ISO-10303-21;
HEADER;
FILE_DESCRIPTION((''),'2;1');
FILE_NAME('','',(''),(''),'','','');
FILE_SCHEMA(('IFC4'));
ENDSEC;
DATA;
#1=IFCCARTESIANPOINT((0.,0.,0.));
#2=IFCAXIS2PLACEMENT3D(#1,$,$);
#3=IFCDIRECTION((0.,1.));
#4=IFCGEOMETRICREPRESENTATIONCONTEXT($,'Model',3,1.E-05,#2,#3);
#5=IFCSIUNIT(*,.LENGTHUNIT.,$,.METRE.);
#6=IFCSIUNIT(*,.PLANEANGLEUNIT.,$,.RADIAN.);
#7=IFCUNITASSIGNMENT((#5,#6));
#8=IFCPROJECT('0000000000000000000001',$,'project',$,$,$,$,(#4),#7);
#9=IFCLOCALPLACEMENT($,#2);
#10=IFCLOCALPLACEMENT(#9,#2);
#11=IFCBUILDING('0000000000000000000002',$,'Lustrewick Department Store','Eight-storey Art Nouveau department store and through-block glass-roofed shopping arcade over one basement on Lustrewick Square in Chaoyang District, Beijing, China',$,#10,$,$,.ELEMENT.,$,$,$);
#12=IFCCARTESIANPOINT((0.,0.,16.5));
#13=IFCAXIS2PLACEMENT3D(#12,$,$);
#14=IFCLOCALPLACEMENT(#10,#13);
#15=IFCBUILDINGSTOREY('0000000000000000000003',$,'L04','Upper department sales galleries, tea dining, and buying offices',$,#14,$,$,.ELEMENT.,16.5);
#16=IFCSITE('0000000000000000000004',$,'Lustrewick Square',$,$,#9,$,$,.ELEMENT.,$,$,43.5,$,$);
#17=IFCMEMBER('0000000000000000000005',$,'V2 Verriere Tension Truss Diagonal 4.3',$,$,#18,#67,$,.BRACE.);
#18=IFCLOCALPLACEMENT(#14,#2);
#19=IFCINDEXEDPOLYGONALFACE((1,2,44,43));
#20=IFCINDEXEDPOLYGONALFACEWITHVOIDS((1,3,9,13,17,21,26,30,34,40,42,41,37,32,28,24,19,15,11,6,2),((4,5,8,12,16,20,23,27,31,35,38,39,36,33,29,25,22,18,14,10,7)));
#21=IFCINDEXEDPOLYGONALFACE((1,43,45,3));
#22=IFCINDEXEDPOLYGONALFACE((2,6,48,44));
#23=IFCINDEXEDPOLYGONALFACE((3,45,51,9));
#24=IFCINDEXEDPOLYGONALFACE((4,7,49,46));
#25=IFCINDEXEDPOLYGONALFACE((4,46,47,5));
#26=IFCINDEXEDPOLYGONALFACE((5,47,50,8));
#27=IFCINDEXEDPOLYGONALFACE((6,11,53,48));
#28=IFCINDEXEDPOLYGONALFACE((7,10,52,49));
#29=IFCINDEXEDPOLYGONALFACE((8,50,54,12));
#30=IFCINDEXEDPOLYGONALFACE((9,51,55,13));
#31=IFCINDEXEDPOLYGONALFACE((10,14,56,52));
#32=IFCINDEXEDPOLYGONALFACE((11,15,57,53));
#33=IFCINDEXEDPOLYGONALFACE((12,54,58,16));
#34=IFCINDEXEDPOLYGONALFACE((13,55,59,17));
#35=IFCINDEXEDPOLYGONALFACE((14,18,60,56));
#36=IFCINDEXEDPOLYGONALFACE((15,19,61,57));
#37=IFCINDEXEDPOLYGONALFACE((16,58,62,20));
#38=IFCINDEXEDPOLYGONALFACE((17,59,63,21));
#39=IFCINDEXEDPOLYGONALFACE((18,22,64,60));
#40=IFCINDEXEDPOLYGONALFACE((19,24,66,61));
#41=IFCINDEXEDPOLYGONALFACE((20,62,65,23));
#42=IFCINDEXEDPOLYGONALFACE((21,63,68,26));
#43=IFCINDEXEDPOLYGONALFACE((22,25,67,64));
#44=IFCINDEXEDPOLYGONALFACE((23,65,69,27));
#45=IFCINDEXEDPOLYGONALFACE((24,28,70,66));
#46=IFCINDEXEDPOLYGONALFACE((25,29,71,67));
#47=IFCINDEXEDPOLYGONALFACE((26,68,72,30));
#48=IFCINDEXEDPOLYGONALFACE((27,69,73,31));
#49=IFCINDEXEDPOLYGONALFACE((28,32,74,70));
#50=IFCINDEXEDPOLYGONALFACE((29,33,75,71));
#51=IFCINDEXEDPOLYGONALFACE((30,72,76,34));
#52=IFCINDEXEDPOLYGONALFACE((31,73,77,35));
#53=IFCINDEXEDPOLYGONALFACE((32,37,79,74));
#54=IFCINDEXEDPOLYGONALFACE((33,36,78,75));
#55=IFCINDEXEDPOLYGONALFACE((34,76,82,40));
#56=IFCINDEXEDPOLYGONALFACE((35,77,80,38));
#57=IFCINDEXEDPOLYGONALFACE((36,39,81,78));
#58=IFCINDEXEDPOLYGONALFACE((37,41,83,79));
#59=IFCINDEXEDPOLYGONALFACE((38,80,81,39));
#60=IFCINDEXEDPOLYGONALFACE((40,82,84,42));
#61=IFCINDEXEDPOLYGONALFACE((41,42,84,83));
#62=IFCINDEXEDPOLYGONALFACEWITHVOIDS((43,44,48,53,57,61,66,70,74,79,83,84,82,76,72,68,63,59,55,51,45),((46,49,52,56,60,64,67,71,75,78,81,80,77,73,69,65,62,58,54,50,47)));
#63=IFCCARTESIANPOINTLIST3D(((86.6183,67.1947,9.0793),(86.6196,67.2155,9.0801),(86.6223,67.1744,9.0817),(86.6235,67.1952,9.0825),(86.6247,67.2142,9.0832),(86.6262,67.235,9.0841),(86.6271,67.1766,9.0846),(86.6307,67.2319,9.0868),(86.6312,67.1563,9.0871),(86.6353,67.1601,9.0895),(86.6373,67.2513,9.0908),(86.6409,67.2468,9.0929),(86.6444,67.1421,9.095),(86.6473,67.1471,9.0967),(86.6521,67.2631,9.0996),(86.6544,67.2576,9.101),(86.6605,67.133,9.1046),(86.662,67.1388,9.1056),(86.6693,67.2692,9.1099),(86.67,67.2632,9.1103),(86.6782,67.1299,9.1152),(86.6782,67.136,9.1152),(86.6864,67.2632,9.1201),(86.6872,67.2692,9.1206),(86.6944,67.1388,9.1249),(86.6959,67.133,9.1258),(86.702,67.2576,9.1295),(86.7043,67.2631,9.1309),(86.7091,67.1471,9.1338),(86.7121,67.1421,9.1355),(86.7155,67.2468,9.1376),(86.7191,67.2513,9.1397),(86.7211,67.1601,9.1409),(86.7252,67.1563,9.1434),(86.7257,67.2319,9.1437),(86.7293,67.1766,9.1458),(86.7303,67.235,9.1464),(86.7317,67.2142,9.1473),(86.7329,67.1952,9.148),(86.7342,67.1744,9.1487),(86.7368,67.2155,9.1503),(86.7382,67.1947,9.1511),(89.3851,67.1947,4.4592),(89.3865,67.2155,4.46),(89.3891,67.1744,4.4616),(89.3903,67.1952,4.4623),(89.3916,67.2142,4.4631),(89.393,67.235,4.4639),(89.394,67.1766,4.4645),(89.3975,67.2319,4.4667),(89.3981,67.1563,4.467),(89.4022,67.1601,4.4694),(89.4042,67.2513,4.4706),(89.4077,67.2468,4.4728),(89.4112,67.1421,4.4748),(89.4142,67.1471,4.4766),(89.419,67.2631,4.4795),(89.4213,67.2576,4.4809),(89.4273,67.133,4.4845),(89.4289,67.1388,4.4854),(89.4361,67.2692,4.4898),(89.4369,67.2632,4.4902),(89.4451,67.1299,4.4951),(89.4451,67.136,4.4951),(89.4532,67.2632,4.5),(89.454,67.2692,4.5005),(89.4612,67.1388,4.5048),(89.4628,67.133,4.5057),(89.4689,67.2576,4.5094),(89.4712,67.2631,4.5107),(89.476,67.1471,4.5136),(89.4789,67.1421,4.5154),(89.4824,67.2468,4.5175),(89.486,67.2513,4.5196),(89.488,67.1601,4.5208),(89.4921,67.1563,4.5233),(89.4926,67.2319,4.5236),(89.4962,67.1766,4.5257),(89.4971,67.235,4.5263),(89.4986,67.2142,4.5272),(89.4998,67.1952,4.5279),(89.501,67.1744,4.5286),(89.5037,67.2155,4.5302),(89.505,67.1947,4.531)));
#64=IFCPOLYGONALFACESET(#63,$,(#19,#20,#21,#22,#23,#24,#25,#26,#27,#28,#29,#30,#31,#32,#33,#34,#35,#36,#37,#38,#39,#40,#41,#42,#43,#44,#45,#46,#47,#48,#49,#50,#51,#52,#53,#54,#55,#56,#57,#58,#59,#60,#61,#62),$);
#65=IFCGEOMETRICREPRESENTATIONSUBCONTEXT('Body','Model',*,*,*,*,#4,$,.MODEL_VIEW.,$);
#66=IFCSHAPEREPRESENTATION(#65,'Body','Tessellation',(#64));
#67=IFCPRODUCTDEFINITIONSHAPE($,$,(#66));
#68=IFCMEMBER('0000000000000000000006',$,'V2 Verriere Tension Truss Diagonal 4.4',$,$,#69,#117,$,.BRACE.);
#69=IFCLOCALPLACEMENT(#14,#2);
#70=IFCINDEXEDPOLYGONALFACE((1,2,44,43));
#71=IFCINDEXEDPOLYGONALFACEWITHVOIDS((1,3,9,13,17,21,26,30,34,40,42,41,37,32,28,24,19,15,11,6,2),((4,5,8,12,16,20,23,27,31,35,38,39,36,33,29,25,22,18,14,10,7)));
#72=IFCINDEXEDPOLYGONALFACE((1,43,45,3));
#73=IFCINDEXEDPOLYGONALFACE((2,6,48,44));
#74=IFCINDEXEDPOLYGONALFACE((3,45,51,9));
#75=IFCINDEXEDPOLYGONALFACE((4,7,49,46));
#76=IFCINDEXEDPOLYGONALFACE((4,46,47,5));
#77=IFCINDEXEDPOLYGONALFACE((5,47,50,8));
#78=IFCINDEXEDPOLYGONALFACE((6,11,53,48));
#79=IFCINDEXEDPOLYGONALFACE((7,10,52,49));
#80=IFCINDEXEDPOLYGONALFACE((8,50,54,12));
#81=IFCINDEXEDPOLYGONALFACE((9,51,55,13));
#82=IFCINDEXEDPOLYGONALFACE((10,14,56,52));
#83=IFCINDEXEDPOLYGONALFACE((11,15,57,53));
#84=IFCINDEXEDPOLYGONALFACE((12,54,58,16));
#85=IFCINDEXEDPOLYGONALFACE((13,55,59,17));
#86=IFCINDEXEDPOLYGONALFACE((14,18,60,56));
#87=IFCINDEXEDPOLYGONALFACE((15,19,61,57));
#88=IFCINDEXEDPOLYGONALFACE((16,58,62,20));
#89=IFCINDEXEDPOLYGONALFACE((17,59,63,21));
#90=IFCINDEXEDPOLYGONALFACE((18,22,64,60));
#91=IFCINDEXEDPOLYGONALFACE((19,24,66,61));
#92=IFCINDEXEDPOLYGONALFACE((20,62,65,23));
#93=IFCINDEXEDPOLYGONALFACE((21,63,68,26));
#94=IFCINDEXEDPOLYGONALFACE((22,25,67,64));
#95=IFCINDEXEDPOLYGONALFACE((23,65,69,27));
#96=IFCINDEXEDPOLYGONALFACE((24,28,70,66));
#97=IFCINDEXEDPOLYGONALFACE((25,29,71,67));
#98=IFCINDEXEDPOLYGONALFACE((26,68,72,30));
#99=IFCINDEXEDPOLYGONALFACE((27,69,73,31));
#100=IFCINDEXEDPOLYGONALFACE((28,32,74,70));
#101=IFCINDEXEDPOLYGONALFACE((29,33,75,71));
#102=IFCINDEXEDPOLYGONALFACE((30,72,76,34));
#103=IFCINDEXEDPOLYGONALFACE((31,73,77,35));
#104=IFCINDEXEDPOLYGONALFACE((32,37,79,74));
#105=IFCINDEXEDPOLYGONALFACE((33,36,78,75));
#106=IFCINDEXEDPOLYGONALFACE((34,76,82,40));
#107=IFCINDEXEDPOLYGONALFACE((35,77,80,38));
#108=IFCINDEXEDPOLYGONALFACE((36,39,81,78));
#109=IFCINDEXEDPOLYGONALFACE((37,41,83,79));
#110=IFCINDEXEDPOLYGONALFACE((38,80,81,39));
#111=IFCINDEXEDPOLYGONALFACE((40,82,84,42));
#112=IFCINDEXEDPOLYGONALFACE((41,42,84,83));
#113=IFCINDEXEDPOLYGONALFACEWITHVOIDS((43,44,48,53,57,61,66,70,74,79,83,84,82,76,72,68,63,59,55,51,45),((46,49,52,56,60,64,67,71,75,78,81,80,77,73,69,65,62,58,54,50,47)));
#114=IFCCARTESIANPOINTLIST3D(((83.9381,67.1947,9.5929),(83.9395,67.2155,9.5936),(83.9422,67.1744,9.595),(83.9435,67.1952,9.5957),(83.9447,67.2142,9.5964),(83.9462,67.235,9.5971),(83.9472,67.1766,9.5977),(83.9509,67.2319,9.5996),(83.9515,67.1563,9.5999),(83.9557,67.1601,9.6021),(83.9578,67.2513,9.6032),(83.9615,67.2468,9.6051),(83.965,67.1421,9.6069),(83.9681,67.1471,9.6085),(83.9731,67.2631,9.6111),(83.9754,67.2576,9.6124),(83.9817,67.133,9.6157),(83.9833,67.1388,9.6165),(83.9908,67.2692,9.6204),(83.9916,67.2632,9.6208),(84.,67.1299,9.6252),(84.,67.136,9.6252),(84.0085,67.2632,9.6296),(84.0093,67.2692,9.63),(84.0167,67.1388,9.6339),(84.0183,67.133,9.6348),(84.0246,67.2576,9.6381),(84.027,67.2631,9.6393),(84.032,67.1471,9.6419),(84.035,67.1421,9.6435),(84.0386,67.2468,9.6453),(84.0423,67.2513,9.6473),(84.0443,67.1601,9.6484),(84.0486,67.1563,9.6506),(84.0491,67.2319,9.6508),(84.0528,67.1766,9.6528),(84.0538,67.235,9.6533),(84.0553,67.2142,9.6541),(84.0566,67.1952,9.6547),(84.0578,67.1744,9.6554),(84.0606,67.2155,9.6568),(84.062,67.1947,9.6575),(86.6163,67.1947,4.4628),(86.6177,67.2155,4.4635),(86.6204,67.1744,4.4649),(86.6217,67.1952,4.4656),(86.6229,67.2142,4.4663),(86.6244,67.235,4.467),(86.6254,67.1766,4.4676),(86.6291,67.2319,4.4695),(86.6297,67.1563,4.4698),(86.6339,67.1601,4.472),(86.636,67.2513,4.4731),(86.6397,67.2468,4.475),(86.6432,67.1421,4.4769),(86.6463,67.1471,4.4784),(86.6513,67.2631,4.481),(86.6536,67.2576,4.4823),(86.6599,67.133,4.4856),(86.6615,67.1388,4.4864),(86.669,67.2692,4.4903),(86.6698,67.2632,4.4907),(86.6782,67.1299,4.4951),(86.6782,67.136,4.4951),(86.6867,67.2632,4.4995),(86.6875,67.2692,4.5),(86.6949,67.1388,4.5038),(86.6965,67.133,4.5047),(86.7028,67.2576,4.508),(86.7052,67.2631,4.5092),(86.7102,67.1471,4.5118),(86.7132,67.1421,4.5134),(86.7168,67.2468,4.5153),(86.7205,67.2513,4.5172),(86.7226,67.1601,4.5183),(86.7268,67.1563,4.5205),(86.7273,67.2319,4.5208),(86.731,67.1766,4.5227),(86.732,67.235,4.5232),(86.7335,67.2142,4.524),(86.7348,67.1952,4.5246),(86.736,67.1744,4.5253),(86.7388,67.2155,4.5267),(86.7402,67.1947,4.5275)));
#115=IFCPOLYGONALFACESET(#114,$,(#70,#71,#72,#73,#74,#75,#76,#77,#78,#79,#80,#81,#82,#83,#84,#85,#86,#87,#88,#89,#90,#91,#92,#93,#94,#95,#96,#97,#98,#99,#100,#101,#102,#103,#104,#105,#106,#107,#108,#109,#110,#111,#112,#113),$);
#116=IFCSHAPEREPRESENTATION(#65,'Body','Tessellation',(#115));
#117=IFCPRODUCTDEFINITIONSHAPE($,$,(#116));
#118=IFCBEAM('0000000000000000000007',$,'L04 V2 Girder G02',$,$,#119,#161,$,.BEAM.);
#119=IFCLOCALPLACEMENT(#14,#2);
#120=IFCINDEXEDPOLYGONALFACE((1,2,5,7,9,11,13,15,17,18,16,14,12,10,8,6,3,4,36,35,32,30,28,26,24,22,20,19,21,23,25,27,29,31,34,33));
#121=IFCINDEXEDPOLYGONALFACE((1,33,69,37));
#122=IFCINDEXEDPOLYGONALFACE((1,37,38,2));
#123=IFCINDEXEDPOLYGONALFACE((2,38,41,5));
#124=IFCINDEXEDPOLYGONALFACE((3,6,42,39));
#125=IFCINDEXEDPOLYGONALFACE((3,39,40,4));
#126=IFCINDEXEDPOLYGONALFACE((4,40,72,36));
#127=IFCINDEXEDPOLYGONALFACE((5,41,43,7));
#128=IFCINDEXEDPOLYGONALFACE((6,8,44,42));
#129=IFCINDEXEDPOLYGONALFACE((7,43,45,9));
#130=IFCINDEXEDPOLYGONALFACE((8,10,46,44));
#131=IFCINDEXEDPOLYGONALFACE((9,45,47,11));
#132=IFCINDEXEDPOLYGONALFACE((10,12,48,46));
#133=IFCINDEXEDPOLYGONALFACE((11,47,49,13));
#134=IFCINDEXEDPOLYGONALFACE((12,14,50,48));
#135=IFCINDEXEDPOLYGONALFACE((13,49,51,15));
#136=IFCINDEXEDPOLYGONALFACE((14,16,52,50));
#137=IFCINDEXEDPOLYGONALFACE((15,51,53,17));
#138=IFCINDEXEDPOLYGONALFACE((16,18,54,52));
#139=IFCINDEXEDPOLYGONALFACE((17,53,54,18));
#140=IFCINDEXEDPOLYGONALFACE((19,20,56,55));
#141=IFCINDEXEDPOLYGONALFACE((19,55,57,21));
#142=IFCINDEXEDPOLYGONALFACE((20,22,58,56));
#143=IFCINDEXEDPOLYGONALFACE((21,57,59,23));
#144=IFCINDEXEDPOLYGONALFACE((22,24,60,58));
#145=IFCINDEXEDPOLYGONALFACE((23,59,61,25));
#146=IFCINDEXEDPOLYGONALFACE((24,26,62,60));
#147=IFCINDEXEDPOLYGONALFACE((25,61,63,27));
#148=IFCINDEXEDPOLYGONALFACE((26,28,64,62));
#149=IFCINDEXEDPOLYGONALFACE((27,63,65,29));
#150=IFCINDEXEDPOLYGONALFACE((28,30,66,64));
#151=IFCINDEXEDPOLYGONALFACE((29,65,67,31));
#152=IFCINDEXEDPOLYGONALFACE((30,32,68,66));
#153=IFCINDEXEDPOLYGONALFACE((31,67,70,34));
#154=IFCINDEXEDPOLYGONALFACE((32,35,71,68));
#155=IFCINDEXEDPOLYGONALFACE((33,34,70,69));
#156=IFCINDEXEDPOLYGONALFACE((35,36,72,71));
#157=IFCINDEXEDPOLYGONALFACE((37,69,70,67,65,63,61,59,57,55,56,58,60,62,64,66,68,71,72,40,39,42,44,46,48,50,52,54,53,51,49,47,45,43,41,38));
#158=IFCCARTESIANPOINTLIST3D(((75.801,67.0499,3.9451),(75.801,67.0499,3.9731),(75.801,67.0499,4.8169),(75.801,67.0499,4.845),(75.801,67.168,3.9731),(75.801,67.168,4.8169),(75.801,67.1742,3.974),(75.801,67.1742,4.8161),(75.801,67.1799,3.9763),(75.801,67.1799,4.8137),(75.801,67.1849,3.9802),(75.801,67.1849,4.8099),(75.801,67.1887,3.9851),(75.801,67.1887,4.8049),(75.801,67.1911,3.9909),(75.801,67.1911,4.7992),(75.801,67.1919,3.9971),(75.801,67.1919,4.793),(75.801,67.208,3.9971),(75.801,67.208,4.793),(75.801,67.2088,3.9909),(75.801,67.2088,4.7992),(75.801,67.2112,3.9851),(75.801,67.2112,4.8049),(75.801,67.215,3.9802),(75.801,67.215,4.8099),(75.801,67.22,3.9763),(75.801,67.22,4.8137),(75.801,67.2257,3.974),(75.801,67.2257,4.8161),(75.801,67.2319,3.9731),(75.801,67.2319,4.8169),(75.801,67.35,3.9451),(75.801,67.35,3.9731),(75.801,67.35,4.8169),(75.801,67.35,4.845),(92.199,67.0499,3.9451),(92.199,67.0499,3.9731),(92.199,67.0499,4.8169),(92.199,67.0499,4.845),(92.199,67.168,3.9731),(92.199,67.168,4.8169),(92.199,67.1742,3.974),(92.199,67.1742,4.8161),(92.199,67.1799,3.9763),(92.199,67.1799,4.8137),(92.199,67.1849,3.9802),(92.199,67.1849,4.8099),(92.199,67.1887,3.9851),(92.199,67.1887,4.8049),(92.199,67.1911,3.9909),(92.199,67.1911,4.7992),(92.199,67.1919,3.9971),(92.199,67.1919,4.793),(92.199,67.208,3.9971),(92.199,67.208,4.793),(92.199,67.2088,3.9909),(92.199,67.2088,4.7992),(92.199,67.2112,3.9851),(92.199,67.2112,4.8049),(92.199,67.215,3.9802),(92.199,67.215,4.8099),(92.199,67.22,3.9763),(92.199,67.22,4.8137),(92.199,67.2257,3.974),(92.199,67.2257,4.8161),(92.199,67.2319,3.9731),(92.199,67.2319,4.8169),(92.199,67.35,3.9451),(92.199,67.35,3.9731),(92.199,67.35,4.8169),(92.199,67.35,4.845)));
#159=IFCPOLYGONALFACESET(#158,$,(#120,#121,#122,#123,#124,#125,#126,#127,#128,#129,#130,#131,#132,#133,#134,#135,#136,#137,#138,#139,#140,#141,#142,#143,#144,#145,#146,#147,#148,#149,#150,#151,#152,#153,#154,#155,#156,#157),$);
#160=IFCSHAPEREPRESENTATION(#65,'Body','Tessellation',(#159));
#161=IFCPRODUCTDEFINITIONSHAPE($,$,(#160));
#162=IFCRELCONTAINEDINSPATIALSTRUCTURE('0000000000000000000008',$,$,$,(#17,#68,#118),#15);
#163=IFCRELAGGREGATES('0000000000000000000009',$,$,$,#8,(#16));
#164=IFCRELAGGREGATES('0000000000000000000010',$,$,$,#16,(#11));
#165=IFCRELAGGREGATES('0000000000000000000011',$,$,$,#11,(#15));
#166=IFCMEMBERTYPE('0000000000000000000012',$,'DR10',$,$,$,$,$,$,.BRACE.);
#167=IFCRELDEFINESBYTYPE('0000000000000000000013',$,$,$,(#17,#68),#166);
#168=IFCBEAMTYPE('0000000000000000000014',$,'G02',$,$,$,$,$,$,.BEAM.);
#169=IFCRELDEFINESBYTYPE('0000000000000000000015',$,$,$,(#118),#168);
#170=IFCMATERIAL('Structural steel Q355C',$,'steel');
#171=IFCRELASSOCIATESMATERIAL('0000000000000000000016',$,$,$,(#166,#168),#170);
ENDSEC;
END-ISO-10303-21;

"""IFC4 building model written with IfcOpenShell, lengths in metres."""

from ifc_helpers import new_model, si_unit, direction, frame, origin, origin_2d, place, context, subcontext, project, spatial, hollow_circle, i_section, extrude, material, material_profile, profile_set, type_object, element, save


model = new_model("IFC4")

# Units and contexts
model_context = context("Model", 3, precision=1e-05, world=origin(), true_north=direction((0.0, 1.0)))
body_context = subcontext(model_context, "Body", "Model", "MODEL_VIEW")
ifc_project = project(units=[si_unit("LENGTHUNIT", "METRE"), si_unit("PLANEANGLEUNIT", "RADIAN")], contexts=[model_context])

# Site, building, storey
site_placement = place(None, origin())
site = spatial("IfcSite", under=ifc_project, at=site_placement, Name="Lustrewick Square", CompositionType="ELEMENT", RefElevation=43.5)
building_placement = place(site_placement, origin())
building = spatial("IfcBuilding", under=site, at=building_placement, Name="Lustrewick Department Store", Description="Eight-storey Art Nouveau department store and through-block glass-roofed shopping arcade over one basement on Lustrewick Square in Chaoyang District, Beijing, China", CompositionType="ELEMENT")
storey_placement = place(building_placement, frame((0.0, 0.0, 16.5)))
storey = spatial("IfcBuildingStorey", under=building, at=storey_placement, Name="L04", Description="Upper department sales galleries, tea dining, and buying offices", CompositionType="ELEMENT", Elevation=16.5)

# Members
ifc_material_1 = material(Name="Structural steel Q355C", Category="steel")
ifc_material_profile_1 = material_profile(ifc_material_1, hollow_circle(Radius=0.0701, WallThickness=0.0061, at=origin_2d()), Name="CHS 140x6")
ifc_profile_set_1 = profile_set([ifc_material_profile_1], Name="Structural steel Q355C")
member_type_1 = type_object("IfcMemberType", Name="DR10", PredefinedType="BRACE", material=ifc_profile_set_1)
member_1_placement = place(storey_placement, frame((89.4451, 67.2, 4.4951), z_axis=(-0.513782, 0.0, 0.857921), x_axis=(0.0, -1.0, 0.0)))
element("IfcMember", 1, at=member_1_placement, inside=storey, type_object=member_type_1, Name="V2 Verriere Tension Truss Diagonal 4.3", PredefinedType="BRACE", context=body_context, shape_type="SweptSolid", body=[
    extrude(hollow_circle(Radius=0.0701, WallThickness=0.0061, at=origin_2d()), origin(), (0.0, 0.0, 1.0), 5.3853),
])
member_2_placement = place(storey_placement, frame((86.6782, 67.2, 4.4951), z_axis=(-0.462788, 0.0, 0.886469), x_axis=(0.0, -1.0, 0.0)))
element("IfcMember", 2, at=member_2_placement, inside=storey, type_object=member_type_1, Name="V2 Verriere Tension Truss Diagonal 4.4", PredefinedType="BRACE", context=body_context, shape_type="SweptSolid", body=[
    extrude(hollow_circle(Radius=0.0701, WallThickness=0.0061, at=origin_2d()), origin(), (0.0, 0.0, 1.0), 5.7871),
])

# Beam
ifc_material_profile_2 = material_profile(ifc_material_1, i_section(OverallWidth=0.3, OverallDepth=0.8999, WebThickness=0.0161, FlangeThickness=0.0281, FilletRadius=0.0239, at=origin_2d()), Name="HN 900x300x16x28")
ifc_profile_set_2 = profile_set([ifc_material_profile_2], Name="Structural steel Q355C")
beam_type_1 = type_object("IfcBeamType", Name="G02", PredefinedType="BEAM", material=ifc_profile_set_2)
beam_1_placement = place(storey_placement, frame((75.801, 67.2, 4.395), z_axis=(1.0, 0.0, 0.0), x_axis=(0.0, 1.0, 0.0)))
element("IfcBeam", 3, at=beam_1_placement, inside=storey, type_object=beam_type_1, Name="L04 V2 Girder G02", PredefinedType="BEAM", context=body_context, shape_type="SweptSolid", body=[
    extrude(i_section(OverallWidth=0.3, OverallDepth=0.8999, WebThickness=0.0161, FlangeThickness=0.0281, FilletRadius=0.0239, at=origin_2d()), origin(), (0.0, 0.0, 1.0), 16.3979),
])

save(model, "model.ifc")
